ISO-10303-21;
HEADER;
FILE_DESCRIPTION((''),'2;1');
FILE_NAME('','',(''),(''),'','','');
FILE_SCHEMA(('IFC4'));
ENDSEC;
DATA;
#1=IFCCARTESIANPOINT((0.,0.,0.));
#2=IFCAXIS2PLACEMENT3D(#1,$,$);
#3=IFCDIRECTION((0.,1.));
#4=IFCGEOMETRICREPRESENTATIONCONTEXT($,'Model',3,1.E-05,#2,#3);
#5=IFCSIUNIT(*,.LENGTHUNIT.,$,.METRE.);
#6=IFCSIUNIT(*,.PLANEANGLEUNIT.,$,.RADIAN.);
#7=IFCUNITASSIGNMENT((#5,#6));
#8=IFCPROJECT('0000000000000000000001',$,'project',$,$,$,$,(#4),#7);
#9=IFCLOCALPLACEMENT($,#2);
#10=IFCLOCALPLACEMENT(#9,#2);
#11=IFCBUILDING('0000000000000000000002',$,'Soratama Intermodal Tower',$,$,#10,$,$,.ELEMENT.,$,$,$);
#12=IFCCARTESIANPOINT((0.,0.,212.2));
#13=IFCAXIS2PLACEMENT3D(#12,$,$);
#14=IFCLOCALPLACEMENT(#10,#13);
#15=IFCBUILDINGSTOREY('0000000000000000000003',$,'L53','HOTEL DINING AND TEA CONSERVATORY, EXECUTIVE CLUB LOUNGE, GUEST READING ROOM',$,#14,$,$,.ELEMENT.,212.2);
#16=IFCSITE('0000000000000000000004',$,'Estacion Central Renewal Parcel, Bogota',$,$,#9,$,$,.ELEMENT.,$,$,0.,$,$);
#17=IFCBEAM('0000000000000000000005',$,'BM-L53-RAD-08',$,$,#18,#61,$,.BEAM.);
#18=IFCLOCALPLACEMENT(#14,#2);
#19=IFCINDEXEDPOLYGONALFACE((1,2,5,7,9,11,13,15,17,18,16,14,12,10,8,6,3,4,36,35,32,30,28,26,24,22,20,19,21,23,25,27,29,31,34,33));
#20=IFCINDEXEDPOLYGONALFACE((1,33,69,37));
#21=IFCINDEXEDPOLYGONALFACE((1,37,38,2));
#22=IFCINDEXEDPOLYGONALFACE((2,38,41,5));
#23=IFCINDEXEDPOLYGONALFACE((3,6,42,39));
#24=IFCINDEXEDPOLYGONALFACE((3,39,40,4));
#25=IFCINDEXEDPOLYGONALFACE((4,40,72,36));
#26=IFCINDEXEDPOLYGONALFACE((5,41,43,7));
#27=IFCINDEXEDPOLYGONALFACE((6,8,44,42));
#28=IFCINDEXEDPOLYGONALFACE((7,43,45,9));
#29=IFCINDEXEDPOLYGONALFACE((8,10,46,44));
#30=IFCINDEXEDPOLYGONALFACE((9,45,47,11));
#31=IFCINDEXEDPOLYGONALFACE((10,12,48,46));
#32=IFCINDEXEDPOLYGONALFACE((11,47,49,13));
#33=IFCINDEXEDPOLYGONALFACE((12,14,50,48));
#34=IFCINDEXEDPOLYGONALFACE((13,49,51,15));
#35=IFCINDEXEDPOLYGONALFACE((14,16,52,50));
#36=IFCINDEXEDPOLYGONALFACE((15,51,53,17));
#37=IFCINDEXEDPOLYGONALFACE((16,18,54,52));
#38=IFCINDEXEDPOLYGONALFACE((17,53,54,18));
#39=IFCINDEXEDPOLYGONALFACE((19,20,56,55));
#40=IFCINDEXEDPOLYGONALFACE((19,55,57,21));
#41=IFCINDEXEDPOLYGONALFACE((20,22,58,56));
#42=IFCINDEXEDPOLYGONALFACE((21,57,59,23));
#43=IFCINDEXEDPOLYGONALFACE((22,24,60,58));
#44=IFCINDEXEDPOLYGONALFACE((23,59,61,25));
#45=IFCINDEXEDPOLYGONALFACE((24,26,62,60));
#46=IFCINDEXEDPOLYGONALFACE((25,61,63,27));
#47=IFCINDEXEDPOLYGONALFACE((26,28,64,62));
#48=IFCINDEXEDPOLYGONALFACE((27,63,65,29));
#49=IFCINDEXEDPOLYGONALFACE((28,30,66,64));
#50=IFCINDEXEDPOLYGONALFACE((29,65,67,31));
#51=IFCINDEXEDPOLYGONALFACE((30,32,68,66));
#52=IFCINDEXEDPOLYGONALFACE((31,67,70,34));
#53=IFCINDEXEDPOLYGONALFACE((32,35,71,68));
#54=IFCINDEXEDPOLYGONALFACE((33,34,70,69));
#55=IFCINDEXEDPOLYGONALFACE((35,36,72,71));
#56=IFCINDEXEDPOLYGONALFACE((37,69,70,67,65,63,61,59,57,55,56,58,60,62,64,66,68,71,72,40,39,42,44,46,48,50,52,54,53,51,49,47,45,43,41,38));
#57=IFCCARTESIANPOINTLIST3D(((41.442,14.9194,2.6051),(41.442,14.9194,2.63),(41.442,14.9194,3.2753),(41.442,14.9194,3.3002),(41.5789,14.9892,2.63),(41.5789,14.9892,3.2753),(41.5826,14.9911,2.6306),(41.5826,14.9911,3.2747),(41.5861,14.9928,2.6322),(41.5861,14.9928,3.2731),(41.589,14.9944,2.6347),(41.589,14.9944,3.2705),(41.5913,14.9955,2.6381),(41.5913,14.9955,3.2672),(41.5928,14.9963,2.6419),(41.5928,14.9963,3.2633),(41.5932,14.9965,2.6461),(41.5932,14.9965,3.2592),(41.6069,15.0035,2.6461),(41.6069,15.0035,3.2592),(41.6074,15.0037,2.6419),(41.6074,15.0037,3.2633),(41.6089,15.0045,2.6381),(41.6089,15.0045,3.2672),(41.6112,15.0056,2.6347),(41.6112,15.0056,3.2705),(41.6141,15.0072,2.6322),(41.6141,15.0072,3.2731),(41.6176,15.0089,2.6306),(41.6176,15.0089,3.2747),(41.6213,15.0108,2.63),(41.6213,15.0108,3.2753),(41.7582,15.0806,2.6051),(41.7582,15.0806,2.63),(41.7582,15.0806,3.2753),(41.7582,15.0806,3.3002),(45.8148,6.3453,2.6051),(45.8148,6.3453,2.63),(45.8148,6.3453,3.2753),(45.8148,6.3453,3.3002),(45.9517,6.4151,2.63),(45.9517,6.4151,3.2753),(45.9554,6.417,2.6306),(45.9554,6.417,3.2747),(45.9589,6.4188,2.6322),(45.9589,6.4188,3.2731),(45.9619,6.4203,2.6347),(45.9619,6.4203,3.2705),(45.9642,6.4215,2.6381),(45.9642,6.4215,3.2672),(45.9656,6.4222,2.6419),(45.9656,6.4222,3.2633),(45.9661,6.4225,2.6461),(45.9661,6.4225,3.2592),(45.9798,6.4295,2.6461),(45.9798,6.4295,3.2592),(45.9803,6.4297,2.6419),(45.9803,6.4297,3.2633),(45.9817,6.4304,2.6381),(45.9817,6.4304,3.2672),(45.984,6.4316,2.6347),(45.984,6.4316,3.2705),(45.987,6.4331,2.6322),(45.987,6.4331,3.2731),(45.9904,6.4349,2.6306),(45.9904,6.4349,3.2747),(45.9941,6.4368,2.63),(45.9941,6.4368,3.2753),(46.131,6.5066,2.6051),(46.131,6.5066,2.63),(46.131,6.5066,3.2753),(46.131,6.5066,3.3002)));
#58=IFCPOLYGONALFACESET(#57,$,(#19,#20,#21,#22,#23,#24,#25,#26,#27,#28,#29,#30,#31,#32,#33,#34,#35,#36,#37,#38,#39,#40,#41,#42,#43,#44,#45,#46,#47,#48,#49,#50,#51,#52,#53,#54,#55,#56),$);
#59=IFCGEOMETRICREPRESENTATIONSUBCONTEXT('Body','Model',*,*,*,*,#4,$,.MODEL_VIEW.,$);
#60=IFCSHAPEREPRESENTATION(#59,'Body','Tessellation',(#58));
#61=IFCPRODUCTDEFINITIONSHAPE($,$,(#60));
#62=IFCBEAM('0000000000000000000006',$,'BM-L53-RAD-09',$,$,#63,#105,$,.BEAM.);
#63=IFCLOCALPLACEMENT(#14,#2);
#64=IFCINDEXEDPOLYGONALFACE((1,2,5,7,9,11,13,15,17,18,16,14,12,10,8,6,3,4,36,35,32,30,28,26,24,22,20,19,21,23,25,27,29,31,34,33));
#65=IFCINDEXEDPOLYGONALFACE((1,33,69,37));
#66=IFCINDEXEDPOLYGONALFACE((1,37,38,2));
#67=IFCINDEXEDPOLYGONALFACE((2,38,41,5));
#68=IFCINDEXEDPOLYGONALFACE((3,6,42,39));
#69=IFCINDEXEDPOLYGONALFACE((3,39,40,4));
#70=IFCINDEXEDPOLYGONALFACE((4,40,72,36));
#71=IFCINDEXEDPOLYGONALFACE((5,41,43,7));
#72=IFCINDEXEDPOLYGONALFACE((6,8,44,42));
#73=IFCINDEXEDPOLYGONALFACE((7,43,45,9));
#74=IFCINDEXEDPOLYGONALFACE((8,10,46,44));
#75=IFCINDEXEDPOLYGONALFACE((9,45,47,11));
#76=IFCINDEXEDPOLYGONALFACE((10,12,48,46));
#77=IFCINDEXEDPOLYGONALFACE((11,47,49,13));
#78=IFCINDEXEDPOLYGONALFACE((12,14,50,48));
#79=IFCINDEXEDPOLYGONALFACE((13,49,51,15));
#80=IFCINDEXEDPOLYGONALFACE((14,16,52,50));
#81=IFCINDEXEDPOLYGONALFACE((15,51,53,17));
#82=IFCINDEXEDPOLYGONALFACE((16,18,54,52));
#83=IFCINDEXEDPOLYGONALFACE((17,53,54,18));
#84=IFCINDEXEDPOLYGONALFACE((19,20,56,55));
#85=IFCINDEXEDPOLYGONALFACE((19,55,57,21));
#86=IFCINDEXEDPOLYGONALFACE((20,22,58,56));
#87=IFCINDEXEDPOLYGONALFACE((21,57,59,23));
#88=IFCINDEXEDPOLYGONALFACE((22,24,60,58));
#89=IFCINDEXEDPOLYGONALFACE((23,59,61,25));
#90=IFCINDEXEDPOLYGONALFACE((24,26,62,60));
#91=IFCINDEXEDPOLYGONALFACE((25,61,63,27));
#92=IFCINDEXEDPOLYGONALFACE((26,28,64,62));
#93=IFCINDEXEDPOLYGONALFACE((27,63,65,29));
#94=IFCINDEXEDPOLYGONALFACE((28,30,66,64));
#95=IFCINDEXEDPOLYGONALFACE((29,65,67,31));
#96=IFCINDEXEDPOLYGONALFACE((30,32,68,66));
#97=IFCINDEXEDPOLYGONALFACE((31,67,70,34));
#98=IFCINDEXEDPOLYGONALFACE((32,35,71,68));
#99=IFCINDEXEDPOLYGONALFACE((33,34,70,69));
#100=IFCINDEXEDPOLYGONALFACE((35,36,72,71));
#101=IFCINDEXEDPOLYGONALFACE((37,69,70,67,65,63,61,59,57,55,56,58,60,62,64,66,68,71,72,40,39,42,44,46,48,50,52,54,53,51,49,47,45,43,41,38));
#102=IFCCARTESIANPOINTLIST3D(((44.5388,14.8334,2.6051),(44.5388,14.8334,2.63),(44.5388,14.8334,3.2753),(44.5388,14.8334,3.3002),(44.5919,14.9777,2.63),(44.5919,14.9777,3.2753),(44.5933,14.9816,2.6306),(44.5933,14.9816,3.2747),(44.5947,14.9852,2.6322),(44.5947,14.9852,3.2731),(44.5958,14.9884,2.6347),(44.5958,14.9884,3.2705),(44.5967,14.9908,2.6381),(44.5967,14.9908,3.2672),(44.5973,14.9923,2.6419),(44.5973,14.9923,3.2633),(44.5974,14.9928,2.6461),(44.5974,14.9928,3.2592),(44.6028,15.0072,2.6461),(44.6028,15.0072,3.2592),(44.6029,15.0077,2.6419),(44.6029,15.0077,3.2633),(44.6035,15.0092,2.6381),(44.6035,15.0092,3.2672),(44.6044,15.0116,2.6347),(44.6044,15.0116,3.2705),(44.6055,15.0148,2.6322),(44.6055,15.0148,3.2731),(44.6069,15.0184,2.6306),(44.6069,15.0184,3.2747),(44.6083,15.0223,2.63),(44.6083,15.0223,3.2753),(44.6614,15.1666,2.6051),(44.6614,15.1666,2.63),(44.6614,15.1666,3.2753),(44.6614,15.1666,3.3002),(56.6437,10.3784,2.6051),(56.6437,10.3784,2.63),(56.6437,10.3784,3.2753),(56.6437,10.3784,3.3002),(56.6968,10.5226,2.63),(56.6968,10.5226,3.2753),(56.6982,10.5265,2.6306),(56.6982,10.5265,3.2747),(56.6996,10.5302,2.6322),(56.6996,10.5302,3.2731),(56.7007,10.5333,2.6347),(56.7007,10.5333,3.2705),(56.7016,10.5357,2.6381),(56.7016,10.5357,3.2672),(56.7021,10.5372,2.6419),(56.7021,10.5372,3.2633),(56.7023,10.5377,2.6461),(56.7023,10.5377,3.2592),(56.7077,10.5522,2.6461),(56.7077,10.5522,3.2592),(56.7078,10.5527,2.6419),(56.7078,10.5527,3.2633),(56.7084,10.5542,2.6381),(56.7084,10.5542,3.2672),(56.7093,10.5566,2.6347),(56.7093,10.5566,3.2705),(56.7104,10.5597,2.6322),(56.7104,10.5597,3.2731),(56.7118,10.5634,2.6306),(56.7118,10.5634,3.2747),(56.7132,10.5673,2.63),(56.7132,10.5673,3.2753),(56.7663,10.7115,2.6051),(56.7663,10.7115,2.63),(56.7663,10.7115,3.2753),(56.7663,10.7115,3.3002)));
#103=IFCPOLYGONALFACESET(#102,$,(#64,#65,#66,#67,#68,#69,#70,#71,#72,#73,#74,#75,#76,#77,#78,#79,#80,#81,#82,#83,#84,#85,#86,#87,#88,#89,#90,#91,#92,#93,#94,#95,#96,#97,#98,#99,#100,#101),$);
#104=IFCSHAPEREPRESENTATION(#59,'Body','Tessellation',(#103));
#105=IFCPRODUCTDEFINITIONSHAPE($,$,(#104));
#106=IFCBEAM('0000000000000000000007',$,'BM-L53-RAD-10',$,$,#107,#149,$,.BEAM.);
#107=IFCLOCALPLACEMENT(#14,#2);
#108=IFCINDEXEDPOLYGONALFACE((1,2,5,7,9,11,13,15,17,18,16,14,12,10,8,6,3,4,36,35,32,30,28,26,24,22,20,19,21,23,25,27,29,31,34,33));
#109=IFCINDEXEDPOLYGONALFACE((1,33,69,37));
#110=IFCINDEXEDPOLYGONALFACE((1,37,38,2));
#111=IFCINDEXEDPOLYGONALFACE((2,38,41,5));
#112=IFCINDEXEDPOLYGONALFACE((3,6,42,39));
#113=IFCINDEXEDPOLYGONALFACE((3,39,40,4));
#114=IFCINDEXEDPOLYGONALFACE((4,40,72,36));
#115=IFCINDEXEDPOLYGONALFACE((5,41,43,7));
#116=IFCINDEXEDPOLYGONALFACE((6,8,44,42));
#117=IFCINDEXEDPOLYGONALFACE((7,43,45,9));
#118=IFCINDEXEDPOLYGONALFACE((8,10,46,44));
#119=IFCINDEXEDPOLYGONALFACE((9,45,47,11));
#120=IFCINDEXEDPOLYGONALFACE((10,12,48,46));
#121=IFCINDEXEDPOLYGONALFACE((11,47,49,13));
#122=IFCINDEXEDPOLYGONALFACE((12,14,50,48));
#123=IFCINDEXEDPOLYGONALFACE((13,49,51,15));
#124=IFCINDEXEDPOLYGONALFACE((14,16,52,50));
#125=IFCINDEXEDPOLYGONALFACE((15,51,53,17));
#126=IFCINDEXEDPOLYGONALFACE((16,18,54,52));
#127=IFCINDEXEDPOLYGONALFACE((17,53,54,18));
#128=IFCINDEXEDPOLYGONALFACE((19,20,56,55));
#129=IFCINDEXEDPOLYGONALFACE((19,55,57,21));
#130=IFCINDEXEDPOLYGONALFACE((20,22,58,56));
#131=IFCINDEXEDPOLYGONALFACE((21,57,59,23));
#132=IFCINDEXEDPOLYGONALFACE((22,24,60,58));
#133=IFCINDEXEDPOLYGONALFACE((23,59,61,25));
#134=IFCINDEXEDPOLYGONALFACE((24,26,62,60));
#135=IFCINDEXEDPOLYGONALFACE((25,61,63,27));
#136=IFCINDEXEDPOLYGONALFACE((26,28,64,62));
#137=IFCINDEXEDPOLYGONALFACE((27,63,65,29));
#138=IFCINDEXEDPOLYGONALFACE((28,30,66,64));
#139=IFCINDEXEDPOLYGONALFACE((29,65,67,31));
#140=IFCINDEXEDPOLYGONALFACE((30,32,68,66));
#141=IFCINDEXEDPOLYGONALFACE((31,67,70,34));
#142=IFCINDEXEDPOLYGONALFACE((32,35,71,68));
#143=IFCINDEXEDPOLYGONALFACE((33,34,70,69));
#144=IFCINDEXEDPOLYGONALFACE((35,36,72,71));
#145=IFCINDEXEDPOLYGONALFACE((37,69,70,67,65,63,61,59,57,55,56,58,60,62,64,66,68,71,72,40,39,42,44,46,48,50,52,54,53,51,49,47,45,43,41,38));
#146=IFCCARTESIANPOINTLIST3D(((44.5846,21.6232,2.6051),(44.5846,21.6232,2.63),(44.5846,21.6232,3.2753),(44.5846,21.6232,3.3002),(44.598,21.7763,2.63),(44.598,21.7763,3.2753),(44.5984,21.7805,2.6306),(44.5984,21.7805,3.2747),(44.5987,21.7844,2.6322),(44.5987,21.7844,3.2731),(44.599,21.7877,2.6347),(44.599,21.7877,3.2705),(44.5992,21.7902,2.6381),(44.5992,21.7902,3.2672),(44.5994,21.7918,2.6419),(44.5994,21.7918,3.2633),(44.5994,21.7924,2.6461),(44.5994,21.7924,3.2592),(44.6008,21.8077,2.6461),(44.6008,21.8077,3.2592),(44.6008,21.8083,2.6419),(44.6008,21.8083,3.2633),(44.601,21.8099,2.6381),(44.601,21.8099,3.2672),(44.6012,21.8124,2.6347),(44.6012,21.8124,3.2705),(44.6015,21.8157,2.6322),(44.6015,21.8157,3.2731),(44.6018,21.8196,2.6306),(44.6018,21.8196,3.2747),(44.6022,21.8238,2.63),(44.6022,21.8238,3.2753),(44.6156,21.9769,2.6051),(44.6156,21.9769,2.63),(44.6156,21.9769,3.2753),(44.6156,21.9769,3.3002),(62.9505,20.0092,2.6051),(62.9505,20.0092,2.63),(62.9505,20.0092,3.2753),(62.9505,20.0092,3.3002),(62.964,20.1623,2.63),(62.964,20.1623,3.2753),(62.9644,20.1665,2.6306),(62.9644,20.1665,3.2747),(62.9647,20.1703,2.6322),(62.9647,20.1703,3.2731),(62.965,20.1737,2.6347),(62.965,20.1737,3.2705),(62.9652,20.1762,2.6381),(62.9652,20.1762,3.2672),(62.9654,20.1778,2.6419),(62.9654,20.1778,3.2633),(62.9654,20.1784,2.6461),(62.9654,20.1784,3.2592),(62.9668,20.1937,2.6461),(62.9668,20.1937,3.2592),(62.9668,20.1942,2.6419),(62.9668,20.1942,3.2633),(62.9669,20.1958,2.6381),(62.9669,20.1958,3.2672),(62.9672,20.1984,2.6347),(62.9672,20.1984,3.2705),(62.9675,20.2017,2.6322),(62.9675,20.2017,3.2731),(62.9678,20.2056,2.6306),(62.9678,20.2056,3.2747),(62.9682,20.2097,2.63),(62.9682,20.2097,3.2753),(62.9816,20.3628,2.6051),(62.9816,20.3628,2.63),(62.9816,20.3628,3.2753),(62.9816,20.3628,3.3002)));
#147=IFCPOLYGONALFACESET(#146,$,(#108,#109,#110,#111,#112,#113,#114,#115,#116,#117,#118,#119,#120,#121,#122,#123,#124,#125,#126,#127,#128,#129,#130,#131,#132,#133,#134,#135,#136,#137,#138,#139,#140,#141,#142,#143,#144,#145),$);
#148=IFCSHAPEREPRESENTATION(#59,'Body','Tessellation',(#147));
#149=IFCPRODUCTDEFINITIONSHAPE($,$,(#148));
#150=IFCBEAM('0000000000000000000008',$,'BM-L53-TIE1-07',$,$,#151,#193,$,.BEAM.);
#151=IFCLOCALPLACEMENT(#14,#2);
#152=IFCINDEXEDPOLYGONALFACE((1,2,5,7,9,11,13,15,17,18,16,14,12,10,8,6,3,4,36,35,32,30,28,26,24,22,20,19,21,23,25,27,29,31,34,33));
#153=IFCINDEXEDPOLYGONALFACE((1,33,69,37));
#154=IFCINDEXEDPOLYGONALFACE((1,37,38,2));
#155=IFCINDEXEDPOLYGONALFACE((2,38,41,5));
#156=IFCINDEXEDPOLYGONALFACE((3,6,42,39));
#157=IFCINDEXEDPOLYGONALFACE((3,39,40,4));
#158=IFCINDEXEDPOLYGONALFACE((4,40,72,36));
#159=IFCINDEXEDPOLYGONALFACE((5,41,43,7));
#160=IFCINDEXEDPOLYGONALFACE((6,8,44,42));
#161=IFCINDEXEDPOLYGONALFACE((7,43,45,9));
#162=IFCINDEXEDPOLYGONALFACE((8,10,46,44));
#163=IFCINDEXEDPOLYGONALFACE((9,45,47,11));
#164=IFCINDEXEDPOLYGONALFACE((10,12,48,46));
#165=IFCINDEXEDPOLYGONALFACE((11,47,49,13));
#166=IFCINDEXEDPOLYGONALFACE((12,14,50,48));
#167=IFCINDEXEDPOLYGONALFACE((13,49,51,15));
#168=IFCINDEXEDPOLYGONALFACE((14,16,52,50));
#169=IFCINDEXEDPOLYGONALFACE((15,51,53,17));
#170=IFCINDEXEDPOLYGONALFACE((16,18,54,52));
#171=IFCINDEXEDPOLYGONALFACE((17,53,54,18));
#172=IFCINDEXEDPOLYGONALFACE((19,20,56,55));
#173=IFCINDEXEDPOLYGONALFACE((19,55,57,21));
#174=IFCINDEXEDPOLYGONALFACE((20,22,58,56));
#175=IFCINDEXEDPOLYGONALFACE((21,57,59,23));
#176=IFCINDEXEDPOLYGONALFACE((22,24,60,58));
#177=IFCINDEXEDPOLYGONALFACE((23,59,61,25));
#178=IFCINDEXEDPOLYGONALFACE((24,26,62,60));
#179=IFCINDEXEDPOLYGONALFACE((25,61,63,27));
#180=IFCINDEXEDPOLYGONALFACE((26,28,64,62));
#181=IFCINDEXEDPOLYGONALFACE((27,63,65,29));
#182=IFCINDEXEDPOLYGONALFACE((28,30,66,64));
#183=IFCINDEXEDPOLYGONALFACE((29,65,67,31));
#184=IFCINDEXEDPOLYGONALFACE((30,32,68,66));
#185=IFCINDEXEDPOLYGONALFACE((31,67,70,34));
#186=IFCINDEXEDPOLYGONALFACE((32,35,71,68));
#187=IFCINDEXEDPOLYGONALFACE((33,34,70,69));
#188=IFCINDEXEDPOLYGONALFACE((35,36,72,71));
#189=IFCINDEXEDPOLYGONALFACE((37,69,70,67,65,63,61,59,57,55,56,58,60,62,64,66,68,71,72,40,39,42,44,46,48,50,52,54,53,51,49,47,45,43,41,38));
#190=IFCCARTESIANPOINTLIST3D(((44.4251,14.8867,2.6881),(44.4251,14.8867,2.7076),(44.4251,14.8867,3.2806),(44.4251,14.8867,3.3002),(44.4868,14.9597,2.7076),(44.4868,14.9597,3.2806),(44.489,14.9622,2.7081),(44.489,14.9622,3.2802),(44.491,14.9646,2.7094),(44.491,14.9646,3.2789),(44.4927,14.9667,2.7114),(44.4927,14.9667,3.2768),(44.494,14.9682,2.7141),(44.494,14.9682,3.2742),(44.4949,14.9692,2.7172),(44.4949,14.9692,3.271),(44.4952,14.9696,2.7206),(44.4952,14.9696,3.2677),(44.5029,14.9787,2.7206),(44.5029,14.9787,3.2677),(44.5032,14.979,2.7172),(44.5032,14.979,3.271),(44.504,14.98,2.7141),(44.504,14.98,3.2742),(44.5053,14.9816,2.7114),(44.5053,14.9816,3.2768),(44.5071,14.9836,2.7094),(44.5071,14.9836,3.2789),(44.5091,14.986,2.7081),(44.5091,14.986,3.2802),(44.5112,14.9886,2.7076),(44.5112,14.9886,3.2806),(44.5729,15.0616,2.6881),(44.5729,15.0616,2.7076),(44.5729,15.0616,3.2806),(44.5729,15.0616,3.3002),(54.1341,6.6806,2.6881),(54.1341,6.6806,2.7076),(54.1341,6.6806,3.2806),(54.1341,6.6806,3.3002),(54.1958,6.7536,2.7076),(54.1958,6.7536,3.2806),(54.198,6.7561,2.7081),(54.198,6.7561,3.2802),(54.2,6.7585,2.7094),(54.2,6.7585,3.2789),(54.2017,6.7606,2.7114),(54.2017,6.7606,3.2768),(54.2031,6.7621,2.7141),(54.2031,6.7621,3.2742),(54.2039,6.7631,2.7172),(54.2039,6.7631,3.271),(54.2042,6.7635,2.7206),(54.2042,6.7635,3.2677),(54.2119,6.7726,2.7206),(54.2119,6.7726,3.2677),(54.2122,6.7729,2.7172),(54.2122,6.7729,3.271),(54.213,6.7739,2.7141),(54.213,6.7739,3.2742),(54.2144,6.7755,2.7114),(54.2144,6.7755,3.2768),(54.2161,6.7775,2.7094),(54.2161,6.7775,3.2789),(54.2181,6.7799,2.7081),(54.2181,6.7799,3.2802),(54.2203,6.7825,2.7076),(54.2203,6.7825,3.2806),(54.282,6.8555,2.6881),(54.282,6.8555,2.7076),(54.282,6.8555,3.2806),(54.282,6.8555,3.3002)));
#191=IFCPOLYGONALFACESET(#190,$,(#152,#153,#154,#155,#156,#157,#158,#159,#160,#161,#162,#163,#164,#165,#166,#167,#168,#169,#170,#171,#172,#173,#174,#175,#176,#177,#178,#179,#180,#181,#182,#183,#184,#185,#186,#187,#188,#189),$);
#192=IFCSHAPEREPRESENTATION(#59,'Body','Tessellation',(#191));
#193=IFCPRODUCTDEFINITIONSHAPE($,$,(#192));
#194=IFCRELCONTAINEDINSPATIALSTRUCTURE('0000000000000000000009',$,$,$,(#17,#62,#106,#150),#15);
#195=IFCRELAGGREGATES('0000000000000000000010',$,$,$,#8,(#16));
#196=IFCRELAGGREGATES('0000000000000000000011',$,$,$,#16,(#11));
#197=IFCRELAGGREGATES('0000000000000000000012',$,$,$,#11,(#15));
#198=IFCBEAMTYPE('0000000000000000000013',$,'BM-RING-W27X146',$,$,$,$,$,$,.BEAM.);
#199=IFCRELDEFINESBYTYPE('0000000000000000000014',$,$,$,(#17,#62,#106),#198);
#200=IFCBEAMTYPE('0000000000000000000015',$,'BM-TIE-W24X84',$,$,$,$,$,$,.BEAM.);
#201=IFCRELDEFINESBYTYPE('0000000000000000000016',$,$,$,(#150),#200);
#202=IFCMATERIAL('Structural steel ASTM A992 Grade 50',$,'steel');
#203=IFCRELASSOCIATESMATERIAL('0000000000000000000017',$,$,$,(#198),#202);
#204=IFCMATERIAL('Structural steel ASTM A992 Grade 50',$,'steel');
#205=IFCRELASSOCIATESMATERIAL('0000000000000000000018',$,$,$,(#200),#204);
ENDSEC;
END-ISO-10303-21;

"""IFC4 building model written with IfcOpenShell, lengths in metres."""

from ifc_helpers import new_model, si_unit, direction, frame, origin, origin_2d, place, context, subcontext, project, spatial, i_section, extrude, material, material_profile, profile_set, type_object, element, save


model = new_model("IFC4")

# Units and contexts
model_context = context("Model", 3, precision=1e-05, world=origin(), true_north=direction((0.0, 1.0)))
body_context = subcontext(model_context, "Body", "Model", "MODEL_VIEW")
ifc_project = project(units=[si_unit("LENGTHUNIT", "METRE"), si_unit("PLANEANGLEUNIT", "RADIAN")], contexts=[model_context])

# Site, building, storey
site_placement = place(None, origin())
site = spatial("IfcSite", under=ifc_project, at=site_placement, Name="Estacion Central Renewal Parcel, Bogota", CompositionType="ELEMENT", RefElevation=0.0)
building_placement = place(site_placement, origin())
building = spatial("IfcBuilding", under=site, at=building_placement, Name="Soratama Intermodal Tower", CompositionType="ELEMENT")
storey_placement = place(building_placement, frame((0.0, 0.0, 212.2)))
storey = spatial("IfcBuildingStorey", under=building, at=storey_placement, Name="L53", Description="HOTEL DINING AND TEA CONSERVATORY, EXECUTIVE CLUB LOUNGE, GUEST READING ROOM", CompositionType="ELEMENT", Elevation=212.2)

# Beams
ifc_material_1 = material(Name="Structural steel ASTM A992 Grade 50", Category="steel")
ifc_material_profile_1 = material_profile(ifc_material_1, i_section(OverallWidth=0.355, OverallDepth=0.6951, WebThickness=0.0154, FlangeThickness=0.0249, FilletRadius=0.0161, at=origin_2d()), Name="W27X146")
ifc_profile_set_1 = profile_set([ifc_material_profile_1], Name="Structural steel ASTM A992 Grade 50")
beam_type_1 = type_object("IfcBeamType", Name="BM-RING-W27X146", PredefinedType="BEAM", material=ifc_profile_set_1)
beam_1_placement = place(storey_placement, frame((41.6001, 15.0, 2.9526), z_axis=(0.454332, -0.890832, 0.0), x_axis=(0.890832, 0.454332, 0.0)))
element("IfcBeam", 1, at=beam_1_placement, inside=storey, type_object=beam_type_1, Name="BM-L53-RAD-08", PredefinedType="BEAM", context=body_context, shape_type="SweptSolid", body=[
    extrude(i_section(OverallWidth=0.355, OverallDepth=0.6951, WebThickness=0.0154, FlangeThickness=0.0249, FilletRadius=0.0161, at=origin_2d()), origin(), (0.0, 0.0, 1.0), 9.6248),
])
beam_2_placement = place(storey_placement, frame((44.6001, 15.0, 2.9526), z_axis=(0.93846, -0.345388, 0.0), x_axis=(0.345388, 0.93846, 0.0)))
element("IfcBeam", 2, at=beam_2_placement, inside=storey, type_object=beam_type_1, Name="BM-L53-RAD-09", PredefinedType="BEAM", context=body_context, shape_type="SweptSolid", body=[
    extrude(i_section(OverallWidth=0.355, OverallDepth=0.6951, WebThickness=0.0154, FlangeThickness=0.0249, FilletRadius=0.0161, at=origin_2d()), origin(), (0.0, 0.0, 1.0), 12.8987),
])
beam_3_placement = place(storey_placement, frame((44.6001, 21.8, 2.9526), z_axis=(0.996161, -0.087543, 0.0), x_axis=(0.087543, 0.996161, 0.0)))
element("IfcBeam", 3, at=beam_3_placement, inside=storey, type_object=beam_type_1, Name="BM-L53-RAD-10", PredefinedType="BEAM", context=body_context, shape_type="SweptSolid", body=[
    extrude(i_section(OverallWidth=0.355, OverallDepth=0.6951, WebThickness=0.0154, FlangeThickness=0.0249, FilletRadius=0.0161, at=origin_2d()), origin(), (0.0, 0.0, 1.0), 18.4368),
])
ifc_material_2 = material(Name="Structural steel ASTM A992 Grade 50", Category="steel")
ifc_material_profile_2 = material_profile(ifc_material_2, i_section(OverallWidth=0.229, OverallDepth=0.6121, WebThickness=0.012, FlangeThickness=0.0195, FilletRadius=0.0129, at=origin_2d()), Name="W24X84")
ifc_profile_set_2 = profile_set([ifc_material_profile_2], Name="Structural steel ASTM A992 Grade 50")
beam_type_2 = type_object("IfcBeamType", Name="BM-TIE-W24X84", PredefinedType="BEAM", material=ifc_profile_set_2)
beam_4_placement = place(storey_placement, frame((44.499, 14.9741, 2.9941), z_axis=(0.763745, -0.645519, 0.0), x_axis=(0.645519, 0.763745, 0.0)))
element("IfcBeam", 4, at=beam_4_placement, inside=storey, type_object=beam_type_2, Name="BM-L53-TIE1-07", PredefinedType="BEAM", context=body_context, shape_type="SweptSolid", body=[
    extrude(i_section(OverallWidth=0.229, OverallDepth=0.6121, WebThickness=0.012, FlangeThickness=0.0195, FilletRadius=0.0129, at=origin_2d()), origin(), (0.0, 0.0, 1.0), 12.7124),
])

save(model, "model.ifc")
